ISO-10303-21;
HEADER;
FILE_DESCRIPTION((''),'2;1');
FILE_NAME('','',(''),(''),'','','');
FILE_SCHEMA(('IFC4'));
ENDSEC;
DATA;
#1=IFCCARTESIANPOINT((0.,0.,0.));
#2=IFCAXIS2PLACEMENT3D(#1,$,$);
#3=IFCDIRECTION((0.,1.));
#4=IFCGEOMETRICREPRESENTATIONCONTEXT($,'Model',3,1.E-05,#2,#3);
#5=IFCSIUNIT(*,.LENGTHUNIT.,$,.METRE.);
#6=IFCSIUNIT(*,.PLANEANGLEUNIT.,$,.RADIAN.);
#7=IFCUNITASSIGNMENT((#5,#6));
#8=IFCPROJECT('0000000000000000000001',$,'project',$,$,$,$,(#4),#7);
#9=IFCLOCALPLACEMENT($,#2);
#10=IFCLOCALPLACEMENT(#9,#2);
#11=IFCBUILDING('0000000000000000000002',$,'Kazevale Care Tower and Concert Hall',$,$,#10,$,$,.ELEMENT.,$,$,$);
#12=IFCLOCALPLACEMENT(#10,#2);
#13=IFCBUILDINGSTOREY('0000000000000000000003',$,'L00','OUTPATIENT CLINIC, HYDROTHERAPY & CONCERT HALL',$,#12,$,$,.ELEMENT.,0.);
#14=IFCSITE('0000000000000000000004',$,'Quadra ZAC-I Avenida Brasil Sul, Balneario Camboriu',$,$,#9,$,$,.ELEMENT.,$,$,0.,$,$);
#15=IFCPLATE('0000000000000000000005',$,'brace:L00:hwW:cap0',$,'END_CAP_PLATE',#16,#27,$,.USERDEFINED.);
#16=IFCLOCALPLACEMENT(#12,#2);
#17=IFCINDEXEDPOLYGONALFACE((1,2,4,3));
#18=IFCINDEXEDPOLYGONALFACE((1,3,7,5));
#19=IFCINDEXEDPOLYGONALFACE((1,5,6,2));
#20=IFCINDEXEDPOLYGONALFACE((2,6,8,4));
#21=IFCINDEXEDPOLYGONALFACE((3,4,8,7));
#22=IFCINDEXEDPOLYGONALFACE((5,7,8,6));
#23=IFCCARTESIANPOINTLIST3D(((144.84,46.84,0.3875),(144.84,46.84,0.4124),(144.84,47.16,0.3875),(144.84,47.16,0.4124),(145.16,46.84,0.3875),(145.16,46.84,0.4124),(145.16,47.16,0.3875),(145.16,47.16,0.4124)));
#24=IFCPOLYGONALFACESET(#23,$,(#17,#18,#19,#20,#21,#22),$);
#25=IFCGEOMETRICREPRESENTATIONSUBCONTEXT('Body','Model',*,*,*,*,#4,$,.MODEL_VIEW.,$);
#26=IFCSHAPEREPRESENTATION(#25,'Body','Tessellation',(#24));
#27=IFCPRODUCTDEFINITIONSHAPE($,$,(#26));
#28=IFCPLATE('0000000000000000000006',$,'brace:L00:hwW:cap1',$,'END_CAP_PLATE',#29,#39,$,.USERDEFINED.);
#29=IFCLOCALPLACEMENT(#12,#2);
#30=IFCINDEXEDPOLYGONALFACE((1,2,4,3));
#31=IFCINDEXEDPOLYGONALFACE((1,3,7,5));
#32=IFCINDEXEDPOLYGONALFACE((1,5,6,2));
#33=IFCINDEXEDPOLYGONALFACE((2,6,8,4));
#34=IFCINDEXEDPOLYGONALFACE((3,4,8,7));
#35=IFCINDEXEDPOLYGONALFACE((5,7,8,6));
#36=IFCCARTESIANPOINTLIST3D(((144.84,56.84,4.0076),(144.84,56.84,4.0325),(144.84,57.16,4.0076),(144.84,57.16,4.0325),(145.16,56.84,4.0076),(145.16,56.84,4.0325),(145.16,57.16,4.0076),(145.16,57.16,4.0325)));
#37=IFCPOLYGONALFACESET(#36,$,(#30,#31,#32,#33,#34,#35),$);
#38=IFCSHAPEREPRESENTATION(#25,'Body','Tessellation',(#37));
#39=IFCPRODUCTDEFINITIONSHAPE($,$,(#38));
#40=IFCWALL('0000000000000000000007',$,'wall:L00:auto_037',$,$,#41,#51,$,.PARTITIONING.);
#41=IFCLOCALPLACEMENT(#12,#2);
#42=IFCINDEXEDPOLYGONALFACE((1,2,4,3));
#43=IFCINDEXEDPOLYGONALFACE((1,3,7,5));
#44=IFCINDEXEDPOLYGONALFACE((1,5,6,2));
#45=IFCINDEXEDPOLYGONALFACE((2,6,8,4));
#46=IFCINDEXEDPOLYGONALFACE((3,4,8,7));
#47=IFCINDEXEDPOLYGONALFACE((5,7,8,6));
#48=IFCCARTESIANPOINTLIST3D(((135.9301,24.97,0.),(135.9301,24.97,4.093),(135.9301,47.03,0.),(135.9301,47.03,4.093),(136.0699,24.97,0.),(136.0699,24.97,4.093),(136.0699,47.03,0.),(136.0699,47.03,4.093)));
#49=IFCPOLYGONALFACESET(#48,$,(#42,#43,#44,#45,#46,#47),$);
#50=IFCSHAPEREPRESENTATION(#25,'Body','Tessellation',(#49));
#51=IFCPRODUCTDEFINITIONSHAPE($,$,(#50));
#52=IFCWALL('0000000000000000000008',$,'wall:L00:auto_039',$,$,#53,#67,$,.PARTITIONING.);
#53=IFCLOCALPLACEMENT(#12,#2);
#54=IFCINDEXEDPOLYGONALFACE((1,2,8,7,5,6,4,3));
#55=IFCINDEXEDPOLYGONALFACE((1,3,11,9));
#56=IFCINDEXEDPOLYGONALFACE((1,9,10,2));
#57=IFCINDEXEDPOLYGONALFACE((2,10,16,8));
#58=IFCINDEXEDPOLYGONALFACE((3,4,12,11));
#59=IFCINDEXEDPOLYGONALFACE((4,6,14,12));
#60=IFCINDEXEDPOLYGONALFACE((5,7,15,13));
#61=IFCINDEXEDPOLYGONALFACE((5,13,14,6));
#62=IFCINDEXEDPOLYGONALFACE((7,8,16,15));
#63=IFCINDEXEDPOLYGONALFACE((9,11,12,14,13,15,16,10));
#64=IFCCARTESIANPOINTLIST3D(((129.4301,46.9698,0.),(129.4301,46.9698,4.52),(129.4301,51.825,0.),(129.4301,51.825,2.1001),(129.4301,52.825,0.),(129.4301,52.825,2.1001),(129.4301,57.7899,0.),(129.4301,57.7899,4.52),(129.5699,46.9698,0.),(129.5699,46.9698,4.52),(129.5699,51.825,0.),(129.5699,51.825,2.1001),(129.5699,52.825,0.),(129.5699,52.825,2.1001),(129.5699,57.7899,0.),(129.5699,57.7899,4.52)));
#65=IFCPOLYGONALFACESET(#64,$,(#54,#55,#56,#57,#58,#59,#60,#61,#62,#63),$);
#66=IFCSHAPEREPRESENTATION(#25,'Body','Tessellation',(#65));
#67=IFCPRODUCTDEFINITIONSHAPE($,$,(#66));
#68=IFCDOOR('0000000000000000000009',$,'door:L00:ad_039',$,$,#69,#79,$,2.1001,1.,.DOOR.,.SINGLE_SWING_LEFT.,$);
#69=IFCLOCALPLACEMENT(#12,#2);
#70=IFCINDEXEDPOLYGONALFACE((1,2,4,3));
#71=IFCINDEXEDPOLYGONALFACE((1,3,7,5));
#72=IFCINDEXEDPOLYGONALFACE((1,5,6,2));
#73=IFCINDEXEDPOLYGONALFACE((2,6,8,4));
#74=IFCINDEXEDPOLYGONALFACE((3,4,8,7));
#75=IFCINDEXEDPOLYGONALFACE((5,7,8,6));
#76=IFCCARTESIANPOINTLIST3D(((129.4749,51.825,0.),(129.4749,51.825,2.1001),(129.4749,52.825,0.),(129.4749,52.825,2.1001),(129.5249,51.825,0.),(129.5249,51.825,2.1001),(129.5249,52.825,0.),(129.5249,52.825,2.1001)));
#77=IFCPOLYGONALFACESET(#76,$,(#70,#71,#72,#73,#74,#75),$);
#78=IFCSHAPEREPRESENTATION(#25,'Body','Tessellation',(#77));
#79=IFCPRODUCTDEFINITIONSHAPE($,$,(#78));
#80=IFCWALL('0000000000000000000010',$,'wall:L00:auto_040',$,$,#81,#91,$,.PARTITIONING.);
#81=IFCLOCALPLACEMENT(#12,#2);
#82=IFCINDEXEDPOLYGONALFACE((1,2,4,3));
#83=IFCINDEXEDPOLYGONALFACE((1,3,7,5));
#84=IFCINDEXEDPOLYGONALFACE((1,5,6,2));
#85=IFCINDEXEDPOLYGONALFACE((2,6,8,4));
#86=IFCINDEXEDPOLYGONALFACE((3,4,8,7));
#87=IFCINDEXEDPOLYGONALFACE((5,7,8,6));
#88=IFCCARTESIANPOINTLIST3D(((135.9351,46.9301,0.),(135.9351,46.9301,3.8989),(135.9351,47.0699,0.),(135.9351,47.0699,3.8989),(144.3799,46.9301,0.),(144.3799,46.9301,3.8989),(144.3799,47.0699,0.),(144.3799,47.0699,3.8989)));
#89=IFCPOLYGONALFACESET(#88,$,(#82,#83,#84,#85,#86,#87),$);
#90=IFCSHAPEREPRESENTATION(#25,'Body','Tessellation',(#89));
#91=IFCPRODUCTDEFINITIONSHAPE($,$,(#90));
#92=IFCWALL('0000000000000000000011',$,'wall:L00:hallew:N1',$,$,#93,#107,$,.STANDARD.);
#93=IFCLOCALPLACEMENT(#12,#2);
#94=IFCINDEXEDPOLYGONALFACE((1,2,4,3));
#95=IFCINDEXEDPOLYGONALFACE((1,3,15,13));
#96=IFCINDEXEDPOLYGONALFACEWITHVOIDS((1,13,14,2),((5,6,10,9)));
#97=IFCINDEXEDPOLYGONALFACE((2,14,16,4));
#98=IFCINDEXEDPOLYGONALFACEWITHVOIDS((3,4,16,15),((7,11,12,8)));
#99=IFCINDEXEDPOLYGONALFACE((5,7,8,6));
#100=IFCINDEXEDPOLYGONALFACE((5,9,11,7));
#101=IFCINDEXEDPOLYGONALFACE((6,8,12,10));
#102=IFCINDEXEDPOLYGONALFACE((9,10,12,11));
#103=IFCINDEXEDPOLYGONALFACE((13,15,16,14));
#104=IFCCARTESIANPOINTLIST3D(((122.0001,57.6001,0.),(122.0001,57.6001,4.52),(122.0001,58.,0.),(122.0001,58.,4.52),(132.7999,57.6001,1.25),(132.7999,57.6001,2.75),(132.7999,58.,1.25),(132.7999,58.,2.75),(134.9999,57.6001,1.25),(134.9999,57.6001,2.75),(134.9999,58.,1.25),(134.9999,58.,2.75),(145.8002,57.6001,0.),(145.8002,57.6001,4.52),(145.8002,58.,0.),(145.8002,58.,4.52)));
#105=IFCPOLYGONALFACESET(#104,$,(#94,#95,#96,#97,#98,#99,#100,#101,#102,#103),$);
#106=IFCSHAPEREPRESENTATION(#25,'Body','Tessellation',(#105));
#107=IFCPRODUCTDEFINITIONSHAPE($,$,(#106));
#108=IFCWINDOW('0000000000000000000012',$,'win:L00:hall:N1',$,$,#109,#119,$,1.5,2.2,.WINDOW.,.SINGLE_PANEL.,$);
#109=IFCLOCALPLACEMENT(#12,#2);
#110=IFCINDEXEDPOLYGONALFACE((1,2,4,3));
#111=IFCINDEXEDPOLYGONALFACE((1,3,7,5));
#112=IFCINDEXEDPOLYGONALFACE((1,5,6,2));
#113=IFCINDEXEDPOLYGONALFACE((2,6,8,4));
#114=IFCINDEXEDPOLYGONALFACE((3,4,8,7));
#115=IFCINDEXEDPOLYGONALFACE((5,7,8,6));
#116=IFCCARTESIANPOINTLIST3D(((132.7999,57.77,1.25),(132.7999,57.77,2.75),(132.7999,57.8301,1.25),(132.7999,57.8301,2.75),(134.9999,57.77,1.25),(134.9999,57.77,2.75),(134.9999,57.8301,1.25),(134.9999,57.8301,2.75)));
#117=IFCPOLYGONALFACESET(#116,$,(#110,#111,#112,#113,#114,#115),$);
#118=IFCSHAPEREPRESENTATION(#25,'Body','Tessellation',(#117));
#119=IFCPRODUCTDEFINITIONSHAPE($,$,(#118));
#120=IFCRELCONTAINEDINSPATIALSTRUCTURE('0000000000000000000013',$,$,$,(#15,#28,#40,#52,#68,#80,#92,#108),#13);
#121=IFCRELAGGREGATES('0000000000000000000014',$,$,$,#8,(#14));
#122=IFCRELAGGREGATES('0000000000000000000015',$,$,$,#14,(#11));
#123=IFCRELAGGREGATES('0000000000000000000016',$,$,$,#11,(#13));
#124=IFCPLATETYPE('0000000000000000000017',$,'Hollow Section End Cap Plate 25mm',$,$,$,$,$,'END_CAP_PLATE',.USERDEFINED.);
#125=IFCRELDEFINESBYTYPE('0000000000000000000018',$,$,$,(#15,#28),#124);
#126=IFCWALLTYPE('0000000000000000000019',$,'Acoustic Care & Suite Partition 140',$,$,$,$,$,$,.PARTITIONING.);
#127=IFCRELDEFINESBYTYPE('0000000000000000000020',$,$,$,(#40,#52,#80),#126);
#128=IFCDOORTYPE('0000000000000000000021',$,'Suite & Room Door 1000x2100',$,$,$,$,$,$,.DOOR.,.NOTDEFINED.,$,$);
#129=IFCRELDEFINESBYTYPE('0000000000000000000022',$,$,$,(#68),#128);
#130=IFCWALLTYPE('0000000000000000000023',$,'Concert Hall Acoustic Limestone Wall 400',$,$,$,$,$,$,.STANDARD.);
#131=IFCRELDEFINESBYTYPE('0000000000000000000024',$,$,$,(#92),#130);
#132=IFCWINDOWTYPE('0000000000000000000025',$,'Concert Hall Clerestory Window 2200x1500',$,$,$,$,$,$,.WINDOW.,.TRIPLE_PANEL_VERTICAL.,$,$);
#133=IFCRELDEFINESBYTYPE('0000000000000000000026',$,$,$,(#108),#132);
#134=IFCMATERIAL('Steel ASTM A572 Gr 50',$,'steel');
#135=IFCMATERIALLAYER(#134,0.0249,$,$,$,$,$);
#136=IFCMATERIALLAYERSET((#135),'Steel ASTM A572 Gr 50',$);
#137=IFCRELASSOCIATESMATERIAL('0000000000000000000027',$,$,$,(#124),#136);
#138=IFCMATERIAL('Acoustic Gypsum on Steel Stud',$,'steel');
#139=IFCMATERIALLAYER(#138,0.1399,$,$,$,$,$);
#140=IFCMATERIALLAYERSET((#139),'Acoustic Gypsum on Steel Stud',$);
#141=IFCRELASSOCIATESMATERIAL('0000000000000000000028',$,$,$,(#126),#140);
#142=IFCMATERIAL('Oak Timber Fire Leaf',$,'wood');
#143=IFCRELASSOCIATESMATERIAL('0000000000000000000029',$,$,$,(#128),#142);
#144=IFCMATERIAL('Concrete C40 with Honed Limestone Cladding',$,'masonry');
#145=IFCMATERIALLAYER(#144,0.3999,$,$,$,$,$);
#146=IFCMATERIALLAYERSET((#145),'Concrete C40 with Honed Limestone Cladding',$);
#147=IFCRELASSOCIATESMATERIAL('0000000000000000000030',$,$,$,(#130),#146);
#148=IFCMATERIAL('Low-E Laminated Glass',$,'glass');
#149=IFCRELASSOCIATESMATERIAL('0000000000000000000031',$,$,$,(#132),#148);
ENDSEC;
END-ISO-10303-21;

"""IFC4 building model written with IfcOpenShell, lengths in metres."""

from ifc_helpers import new_model, si_unit, direction, frame, frame_2d, origin, origin_2d, place, context, subcontext, project, spatial, rectangle, extrude, material, layer, layer_set, type_object, element, fill, save


model = new_model("IFC4")

# Units and contexts
model_context = context("Model", 3, precision=1e-05, world=origin(), true_north=direction((0.0, 1.0)))
body_context = subcontext(model_context, "Body", "Model", "MODEL_VIEW")
ifc_project = project(units=[si_unit("LENGTHUNIT", "METRE"), si_unit("PLANEANGLEUNIT", "RADIAN")], contexts=[model_context])

# Site, building, storey
site_placement = place(None, origin())
site = spatial("IfcSite", under=ifc_project, at=site_placement, Name="Quadra ZAC-I Avenida Brasil Sul, Balneario Camboriu", CompositionType="ELEMENT", RefElevation=0.0)
building_placement = place(site_placement, origin())
building = spatial("IfcBuilding", under=site, at=building_placement, Name="Kazevale Care Tower and Concert Hall", CompositionType="ELEMENT")
storey_placement = place(building_placement, origin())
storey = spatial("IfcBuildingStorey", under=building, at=storey_placement, Name="L00", Description="OUTPATIENT CLINIC, HYDROTHERAPY & CONCERT HALL", CompositionType="ELEMENT", Elevation=0.0)

# Shared definitions
ifc_material_1 = material(Name="Steel ASTM A572 Gr 50", Category="steel")

# Plates
ifc_layer_1 = layer(ifc_material_1, 0.0249)
ifc_layer_set_1 = layer_set([ifc_layer_1], Name="Steel ASTM A572 Gr 50")
plate_type = type_object("IfcPlateType", Name="Hollow Section End Cap Plate 25mm", ElementType="END_CAP_PLATE", PredefinedType="USERDEFINED", material=ifc_layer_set_1)
for number, where, z_axis, x_axis, name in (
    (1, (145.0, 47.0, 0.3875), (0.0, 0.0, 1.0), (1.0, 0.0, 0.0), "brace:L00:hwW:cap0"),
    (2, (145.0, 57.0, 4.0076), (0.0, 0.0, 1.0), (1.0, 0.0, 0.0), "brace:L00:hwW:cap1"),
):
    element("IfcPlate", number, at=place(storey_placement, frame(where, z_axis=z_axis, x_axis=x_axis)), inside=storey, type_object=plate_type, Name=name, ObjectType="END_CAP_PLATE", PredefinedType="USERDEFINED", context=body_context, shape_type="SweptSolid", body=[
        extrude(rectangle(XDim=0.3201, YDim=0.3201, at=origin_2d()), origin(), (0.0, 0.0, 1.0), 0.0249),
    ])

# Wall
ifc_material_2 = material(Name="Acoustic Gypsum on Steel Stud", Category="steel")
ifc_layer_2 = layer(ifc_material_2, 0.1399)
ifc_layer_set_2 = layer_set([ifc_layer_2], Name="Acoustic Gypsum on Steel Stud")
wall_type_1 = type_object("IfcWallType", Name="Acoustic Care & Suite Partition 140", PredefinedType="PARTITIONING", material=ifc_layer_set_2)
wall_1_placement = place(storey_placement, frame((136.0, 47.03, 0.0), z_axis=(0.0, 0.0, 1.0), x_axis=(0.0, -1.0, 0.0)))
element("IfcWall", 3, at=wall_1_placement, inside=storey, type_object=wall_type_1, Name="wall:L00:auto_037", PredefinedType="PARTITIONING", context=body_context, shape_type="SweptSolid", body=[
    extrude(rectangle(XDim=22.0601, YDim=0.1399, at=frame_2d((11.03, 0.0))), origin(), (0.0, 0.0, 1.0), 4.093),
])

# Wall, opening, door
wall_2_placement = place(storey_placement, frame((129.5, 57.79, 0.0), z_axis=(0.0, 0.0, 1.0), x_axis=(0.0, -1.0, 0.0)))
wall_2 = element("IfcWall", 4, at=wall_2_placement, inside=storey, type_object=wall_type_1, Name="wall:L00:auto_039", PredefinedType="PARTITIONING", context=body_context, shape_type="SweptSolid", body=[
    extrude(rectangle(XDim=10.8201, YDim=0.1399, at=frame_2d((5.4102, 0.0))), origin(), (0.0, 0.0, 1.0), 4.52),
])
opening_1_placement = place(wall_2_placement, frame((4.9651, 0.0, 0.0)))
opening_1 = element("IfcOpeningElement", 5, at=opening_1_placement, cuts=wall_2, PredefinedType="OPENING", context=body_context, shape_type="SweptSolid", body=[
    extrude(rectangle(XDim=1.0, YDim=2.1001, at=frame_2d((0.5, 1.05))), frame((0.0, 0.0798, 0.0), z_axis=(0.0, -1.0, 0.0), x_axis=(1.0, 0.0, 0.0)), (0.0, 0.0, 1.0), 0.1599),
])
ifc_material_3 = material(Name="Oak Timber Fire Leaf", Category="wood")
door_type = type_object("IfcDoorType", Name="Suite & Room Door 1000x2100", OperationType="NOTDEFINED", PredefinedType="DOOR", material=ifc_material_3)
door_placement = place(opening_1_placement, origin())
door = element("IfcDoor", 6, at=door_placement, inside=storey, type_object=door_type, Name="door:L00:ad_039", OperationType="SINGLE_SWING_LEFT", OverallHeight=2.1001, OverallWidth=1.0, PredefinedType="DOOR", context=body_context, shape_type="SweptSolid", body=[
    extrude(rectangle(XDim=1.0, YDim=2.1001, at=frame_2d((0.5, 1.05))), frame((0.0, 0.0249, 0.0), z_axis=(0.0, -1.0, 0.0), x_axis=(1.0, 0.0, 0.0)), (0.0, 0.0, 1.0), 0.05),
])
fill(opening_1, door)

# Wall
wall_3_placement = place(storey_placement, frame((144.3799, 47.0, 0.0), z_axis=(0.0, 0.0, 1.0), x_axis=(-1.0, 0.0, 0.0)))
element("IfcWall", 7, at=wall_3_placement, inside=storey, type_object=wall_type_1, Name="wall:L00:auto_040", PredefinedType="PARTITIONING", context=body_context, shape_type="SweptSolid", body=[
    extrude(rectangle(XDim=8.4448, YDim=0.1399, at=frame_2d((4.2224, 0.0))), origin(), (0.0, 0.0, 1.0), 3.8989),
])

# Wall, opening, window
ifc_material_4 = material(Name="Concrete C40 with Honed Limestone Cladding", Category="masonry")
ifc_layer_3 = layer(ifc_material_4, 0.3999)
ifc_layer_set_3 = layer_set([ifc_layer_3], Name="Concrete C40 with Honed Limestone Cladding")
wall_type_2 = type_object("IfcWallType", Name="Concert Hall Acoustic Limestone Wall 400", PredefinedType="STANDARD", material=ifc_layer_set_3)
wall_4_placement = place(storey_placement, frame((145.8, 57.8, 0.0), z_axis=(0.0, 0.0, 1.0), x_axis=(-1.0, 0.0, 0.0)))
wall_4 = element("IfcWall", 8, at=wall_4_placement, inside=storey, type_object=wall_type_2, Name="wall:L00:hallew:N1", PredefinedType="STANDARD", context=body_context, shape_type="SweptSolid", body=[
    extrude(rectangle(XDim=23.8, YDim=0.3999, at=frame_2d((11.8999, 0.0))), origin(), (0.0, 0.0, 1.0), 4.52),
])
opening_2_placement = place(wall_4_placement, frame((10.8, 0.0, 1.25)))
opening_2 = element("IfcOpeningElement", 9, at=opening_2_placement, cuts=wall_4, PredefinedType="OPENING", context=body_context, shape_type="SweptSolid", body=[
    extrude(rectangle(XDim=2.2, YDim=1.5, at=frame_2d((1.1001, 0.75))), frame((0.0, 0.21, 0.0), z_axis=(0.0, -1.0, 0.0), x_axis=(1.0, 0.0, 0.0)), (0.0, 0.0, 1.0), 0.4199),
])
ifc_material_5 = material(Name="Low-E Laminated Glass", Category="glass")
window_type = type_object("IfcWindowType", Name="Concert Hall Clerestory Window 2200x1500", PartitioningType="TRIPLE_PANEL_VERTICAL", PredefinedType="WINDOW", material=ifc_material_5)
window_placement = place(opening_2_placement, origin())
window = element("IfcWindow", 10, at=window_placement, inside=storey, type_object=window_type, Name="win:L00:hall:N1", OverallHeight=1.5, OverallWidth=2.2, PartitioningType="SINGLE_PANEL", PredefinedType="WINDOW", context=body_context, shape_type="SweptSolid", body=[
    extrude(rectangle(XDim=2.2, YDim=1.5, at=frame_2d((1.1001, 0.75))), frame((0.0, 0.03, 0.0), z_axis=(0.0, -1.0, 0.0), x_axis=(1.0, 0.0, 0.0)), (0.0, 0.0, 1.0), 0.0601),
])
fill(opening_2, window)

save(model, "model.ifc")
